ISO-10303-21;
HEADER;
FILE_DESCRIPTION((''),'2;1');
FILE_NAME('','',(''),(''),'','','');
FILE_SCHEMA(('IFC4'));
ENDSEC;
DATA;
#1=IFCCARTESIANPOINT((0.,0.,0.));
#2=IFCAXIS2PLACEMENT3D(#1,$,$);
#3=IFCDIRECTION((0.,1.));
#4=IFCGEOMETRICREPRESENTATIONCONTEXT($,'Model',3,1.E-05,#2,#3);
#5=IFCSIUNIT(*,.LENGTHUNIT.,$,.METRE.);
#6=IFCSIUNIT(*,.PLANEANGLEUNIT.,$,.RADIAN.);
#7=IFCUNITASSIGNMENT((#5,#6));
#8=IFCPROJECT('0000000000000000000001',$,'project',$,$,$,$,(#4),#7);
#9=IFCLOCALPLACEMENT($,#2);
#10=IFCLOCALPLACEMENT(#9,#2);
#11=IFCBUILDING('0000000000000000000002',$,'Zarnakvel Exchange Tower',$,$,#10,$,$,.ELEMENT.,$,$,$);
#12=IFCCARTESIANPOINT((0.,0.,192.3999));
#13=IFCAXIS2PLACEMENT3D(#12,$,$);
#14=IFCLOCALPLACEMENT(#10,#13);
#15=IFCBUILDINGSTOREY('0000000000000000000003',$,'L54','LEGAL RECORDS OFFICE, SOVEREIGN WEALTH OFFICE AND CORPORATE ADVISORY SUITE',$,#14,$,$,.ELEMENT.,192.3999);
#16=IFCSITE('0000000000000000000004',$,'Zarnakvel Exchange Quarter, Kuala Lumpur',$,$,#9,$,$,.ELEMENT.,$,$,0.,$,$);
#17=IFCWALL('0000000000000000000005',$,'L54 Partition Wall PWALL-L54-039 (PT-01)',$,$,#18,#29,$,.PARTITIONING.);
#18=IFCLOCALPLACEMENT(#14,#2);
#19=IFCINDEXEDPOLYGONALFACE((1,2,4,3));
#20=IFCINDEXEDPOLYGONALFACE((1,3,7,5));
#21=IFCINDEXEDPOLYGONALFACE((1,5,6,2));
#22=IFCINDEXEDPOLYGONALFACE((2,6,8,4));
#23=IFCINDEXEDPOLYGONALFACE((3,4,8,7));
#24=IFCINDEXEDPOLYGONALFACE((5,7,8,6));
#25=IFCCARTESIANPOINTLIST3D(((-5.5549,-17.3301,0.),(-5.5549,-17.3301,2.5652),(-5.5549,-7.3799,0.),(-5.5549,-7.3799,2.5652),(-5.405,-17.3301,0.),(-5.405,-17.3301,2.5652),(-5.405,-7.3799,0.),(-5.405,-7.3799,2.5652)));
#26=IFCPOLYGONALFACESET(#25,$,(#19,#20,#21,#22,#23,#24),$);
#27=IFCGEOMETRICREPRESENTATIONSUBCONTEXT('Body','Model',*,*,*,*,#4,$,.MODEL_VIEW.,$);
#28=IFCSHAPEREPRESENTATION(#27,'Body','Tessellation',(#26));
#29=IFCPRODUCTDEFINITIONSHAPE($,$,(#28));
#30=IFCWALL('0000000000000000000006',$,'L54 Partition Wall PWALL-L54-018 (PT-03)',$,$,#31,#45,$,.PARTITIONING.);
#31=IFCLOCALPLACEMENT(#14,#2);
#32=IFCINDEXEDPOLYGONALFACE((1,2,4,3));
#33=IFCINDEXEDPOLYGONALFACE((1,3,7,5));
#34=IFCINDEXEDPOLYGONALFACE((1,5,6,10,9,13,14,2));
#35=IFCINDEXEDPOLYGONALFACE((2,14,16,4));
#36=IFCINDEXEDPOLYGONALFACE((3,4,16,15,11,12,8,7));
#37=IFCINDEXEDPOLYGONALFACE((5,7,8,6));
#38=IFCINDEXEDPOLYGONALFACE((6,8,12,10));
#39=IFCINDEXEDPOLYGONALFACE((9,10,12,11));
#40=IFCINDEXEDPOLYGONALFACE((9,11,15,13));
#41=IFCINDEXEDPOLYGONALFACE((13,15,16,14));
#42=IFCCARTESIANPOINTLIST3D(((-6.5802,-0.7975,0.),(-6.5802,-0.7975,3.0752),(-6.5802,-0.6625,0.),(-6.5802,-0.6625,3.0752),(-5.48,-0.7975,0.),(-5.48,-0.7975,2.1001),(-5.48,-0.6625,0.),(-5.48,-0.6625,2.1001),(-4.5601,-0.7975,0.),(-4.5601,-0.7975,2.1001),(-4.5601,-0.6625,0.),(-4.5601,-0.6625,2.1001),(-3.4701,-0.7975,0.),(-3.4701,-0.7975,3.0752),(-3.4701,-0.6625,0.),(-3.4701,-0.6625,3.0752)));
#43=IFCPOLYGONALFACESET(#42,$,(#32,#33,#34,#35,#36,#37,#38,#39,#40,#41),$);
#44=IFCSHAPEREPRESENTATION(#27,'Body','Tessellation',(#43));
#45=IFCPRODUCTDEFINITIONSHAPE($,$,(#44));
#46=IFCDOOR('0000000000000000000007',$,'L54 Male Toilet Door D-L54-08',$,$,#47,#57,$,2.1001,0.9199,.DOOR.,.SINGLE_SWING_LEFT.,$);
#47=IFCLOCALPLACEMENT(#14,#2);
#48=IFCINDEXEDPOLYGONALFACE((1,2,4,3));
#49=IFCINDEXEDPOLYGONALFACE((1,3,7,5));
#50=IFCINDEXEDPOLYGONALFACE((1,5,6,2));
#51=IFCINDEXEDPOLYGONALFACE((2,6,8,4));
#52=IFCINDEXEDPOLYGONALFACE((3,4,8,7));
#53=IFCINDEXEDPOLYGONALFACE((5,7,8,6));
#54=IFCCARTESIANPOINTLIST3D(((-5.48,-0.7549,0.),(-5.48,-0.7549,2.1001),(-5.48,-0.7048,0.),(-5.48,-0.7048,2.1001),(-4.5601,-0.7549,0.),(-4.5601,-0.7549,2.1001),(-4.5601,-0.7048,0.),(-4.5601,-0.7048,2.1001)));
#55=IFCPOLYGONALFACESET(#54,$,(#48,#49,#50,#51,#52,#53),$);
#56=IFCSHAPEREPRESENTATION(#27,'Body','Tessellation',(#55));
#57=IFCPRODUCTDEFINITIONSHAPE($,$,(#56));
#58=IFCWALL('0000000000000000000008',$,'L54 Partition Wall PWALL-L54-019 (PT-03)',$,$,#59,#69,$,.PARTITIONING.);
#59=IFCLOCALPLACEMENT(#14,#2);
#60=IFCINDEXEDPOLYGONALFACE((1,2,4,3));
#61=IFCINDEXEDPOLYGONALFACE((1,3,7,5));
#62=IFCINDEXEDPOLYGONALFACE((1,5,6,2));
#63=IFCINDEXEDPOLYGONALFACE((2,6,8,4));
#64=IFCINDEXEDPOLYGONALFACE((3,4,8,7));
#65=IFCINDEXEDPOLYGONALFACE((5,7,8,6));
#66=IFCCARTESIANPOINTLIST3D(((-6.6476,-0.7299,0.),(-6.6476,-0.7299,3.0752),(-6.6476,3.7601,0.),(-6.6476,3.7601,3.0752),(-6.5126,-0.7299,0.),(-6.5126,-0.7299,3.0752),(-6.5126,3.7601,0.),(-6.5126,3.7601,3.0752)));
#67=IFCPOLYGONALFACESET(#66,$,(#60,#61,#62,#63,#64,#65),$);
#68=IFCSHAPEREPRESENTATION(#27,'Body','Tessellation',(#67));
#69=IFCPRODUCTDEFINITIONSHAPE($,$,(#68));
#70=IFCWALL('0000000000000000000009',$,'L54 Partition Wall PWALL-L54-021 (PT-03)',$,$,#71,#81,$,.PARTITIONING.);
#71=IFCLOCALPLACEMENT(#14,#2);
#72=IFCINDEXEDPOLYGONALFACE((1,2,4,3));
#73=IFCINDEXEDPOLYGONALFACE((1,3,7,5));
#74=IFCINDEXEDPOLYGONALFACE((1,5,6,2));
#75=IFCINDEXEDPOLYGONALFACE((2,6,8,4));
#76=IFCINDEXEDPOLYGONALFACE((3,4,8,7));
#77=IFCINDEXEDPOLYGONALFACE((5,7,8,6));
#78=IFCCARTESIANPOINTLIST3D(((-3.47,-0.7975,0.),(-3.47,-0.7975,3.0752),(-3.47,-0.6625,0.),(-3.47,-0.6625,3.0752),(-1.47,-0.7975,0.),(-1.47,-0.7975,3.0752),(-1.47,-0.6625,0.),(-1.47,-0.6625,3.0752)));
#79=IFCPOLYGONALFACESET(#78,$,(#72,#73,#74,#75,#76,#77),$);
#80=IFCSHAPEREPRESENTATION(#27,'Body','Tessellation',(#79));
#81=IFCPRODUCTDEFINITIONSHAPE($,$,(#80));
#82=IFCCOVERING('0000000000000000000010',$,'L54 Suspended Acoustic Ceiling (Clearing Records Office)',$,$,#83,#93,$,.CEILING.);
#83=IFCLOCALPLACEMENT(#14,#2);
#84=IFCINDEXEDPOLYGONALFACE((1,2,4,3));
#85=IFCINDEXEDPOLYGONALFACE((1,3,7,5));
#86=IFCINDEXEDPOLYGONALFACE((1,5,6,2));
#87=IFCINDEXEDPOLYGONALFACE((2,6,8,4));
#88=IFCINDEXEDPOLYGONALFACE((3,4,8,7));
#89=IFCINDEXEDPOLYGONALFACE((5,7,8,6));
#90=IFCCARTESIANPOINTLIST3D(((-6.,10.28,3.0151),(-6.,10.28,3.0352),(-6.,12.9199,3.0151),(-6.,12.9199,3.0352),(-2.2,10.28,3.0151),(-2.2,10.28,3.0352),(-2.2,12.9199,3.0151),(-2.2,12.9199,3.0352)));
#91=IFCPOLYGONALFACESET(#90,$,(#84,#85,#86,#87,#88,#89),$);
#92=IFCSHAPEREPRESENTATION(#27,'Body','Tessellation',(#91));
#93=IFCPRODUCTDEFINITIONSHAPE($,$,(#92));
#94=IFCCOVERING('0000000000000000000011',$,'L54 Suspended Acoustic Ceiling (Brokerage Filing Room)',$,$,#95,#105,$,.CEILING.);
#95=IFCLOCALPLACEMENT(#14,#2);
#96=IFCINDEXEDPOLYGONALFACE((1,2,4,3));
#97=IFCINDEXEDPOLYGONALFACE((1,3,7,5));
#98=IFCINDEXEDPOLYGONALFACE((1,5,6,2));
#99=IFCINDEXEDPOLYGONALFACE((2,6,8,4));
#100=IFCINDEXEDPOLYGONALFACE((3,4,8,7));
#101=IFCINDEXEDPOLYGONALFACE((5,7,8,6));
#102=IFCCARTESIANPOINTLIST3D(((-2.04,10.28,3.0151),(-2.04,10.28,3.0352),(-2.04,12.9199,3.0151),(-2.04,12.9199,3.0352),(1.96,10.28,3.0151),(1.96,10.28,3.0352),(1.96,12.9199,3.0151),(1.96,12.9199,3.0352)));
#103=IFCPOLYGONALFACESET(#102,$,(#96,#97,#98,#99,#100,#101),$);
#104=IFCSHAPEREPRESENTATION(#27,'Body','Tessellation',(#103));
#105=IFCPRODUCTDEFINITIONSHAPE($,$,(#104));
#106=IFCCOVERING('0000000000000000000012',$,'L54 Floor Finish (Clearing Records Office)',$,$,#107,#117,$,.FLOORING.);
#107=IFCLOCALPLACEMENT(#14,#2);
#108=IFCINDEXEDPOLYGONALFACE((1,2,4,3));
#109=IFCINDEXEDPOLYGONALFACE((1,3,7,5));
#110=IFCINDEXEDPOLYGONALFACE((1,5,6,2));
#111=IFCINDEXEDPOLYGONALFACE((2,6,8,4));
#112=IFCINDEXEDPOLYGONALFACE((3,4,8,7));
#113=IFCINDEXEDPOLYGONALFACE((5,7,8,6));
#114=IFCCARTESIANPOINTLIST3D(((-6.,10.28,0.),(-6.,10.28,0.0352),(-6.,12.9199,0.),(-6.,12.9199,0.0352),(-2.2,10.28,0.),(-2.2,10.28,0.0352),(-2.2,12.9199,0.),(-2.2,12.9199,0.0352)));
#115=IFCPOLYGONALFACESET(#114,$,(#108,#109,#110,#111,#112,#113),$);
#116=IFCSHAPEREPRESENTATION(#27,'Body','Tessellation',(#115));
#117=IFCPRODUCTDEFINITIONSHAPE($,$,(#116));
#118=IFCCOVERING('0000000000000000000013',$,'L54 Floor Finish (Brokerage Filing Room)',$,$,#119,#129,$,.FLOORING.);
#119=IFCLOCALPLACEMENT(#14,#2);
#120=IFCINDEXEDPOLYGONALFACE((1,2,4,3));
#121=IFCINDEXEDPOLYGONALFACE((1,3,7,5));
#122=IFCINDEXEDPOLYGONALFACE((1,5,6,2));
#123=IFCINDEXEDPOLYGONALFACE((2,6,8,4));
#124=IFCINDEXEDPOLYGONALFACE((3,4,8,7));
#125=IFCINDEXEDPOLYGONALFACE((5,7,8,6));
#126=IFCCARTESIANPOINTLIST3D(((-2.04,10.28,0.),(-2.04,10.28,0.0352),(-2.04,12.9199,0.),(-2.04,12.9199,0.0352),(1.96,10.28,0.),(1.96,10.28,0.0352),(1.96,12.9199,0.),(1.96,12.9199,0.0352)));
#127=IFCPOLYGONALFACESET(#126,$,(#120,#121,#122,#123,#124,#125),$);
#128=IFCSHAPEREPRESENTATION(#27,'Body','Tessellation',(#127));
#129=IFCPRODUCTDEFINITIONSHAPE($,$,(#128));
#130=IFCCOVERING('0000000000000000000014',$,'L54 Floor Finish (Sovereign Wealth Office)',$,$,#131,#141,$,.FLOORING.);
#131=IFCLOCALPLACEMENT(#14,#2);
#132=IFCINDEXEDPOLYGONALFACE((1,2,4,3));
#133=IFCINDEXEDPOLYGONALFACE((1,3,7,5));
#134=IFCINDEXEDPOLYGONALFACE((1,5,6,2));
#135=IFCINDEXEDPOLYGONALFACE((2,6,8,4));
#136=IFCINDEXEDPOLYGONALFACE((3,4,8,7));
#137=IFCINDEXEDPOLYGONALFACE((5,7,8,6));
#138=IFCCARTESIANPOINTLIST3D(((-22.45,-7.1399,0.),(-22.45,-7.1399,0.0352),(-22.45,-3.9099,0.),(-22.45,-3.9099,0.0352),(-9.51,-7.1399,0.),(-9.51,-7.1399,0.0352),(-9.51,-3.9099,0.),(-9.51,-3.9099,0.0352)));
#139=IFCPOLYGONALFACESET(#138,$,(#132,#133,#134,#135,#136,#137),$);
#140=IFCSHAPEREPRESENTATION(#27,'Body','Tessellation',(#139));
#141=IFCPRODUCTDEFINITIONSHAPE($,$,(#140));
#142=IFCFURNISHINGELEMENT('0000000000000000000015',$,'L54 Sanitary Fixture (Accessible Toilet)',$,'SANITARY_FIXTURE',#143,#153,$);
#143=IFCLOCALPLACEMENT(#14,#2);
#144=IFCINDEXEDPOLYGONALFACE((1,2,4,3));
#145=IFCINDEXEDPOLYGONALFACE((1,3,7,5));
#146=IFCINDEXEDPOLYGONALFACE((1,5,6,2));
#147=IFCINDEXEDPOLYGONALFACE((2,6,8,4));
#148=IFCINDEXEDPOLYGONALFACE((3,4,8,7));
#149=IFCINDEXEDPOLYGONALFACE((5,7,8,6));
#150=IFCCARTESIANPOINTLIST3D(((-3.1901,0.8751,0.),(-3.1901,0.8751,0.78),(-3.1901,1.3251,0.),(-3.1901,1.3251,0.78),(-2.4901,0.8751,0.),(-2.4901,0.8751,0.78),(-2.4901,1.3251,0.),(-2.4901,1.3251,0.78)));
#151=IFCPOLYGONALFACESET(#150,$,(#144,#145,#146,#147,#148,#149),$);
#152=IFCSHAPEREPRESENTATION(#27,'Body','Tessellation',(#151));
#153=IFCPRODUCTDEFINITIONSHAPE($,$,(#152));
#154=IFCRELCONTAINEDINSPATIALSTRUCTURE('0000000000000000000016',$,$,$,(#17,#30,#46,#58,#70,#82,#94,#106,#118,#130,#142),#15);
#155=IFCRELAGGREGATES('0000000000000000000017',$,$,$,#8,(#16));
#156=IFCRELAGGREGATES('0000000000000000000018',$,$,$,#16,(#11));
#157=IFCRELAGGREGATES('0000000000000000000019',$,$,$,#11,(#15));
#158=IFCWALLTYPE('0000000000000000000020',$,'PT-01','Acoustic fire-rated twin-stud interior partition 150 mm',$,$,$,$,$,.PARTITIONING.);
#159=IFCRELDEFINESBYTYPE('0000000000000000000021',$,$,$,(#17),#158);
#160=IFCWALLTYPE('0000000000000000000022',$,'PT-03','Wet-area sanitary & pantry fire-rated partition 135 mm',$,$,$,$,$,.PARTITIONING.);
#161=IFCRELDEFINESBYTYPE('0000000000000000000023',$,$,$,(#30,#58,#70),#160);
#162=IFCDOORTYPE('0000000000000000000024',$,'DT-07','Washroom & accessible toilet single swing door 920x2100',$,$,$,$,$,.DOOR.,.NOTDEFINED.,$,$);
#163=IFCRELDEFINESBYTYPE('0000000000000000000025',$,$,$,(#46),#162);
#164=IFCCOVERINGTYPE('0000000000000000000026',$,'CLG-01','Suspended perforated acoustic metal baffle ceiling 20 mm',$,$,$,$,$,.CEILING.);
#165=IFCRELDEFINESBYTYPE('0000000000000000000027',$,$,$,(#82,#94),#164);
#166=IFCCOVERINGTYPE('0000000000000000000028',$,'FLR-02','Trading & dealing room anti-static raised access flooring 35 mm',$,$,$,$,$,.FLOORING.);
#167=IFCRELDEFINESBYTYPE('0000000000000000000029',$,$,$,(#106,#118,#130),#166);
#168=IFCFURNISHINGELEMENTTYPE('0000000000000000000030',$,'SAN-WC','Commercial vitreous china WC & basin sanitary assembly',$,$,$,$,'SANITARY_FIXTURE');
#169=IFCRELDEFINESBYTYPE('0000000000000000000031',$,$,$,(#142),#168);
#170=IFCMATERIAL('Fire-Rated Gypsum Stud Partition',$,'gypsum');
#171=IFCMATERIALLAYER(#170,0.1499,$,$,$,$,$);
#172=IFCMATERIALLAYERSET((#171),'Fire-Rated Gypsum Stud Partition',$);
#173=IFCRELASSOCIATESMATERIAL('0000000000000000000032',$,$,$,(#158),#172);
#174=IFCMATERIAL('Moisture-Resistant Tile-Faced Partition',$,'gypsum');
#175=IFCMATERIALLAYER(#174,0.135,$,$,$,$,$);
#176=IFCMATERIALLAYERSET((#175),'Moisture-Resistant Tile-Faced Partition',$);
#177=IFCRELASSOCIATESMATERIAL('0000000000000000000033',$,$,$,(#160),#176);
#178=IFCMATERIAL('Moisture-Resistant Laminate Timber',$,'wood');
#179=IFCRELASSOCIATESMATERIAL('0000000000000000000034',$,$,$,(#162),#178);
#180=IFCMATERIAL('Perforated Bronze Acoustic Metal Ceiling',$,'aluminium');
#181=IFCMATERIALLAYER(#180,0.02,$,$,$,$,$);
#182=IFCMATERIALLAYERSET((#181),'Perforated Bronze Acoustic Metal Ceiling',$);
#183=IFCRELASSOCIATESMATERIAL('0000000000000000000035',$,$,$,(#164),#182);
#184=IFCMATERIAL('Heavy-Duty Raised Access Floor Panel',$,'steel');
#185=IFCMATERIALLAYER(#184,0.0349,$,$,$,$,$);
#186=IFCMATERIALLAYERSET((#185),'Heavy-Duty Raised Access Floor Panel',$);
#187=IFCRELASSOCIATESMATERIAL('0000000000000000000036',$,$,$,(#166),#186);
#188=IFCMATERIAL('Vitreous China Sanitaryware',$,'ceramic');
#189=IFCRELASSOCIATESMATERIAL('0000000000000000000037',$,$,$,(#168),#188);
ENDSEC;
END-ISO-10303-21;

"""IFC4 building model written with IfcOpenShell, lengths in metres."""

from ifc_helpers import new_model, si_unit, direction, frame, frame_2d, origin, origin_2d, place, context, subcontext, project, spatial, polyline, rectangle, outline, extrude, source, transform, mapped, material, layer, layer_set, type_object, element, fill, save


model = new_model("IFC4")

# Units and contexts
model_context = context("Model", 3, precision=1e-05, world=origin(), true_north=direction((0.0, 1.0)))
body_context = subcontext(model_context, "Body", "Model", "MODEL_VIEW")
ifc_project = project(units=[si_unit("LENGTHUNIT", "METRE"), si_unit("PLANEANGLEUNIT", "RADIAN")], contexts=[model_context])

# Site, building, storey
site_placement = place(None, origin())
site = spatial("IfcSite", under=ifc_project, at=site_placement, Name="Zarnakvel Exchange Quarter, Kuala Lumpur", CompositionType="ELEMENT", RefElevation=0.0)
building_placement = place(site_placement, origin())
building = spatial("IfcBuilding", under=site, at=building_placement, Name="Zarnakvel Exchange Tower", CompositionType="ELEMENT")
storey_placement = place(building_placement, frame((0.0, 0.0, 192.3999)))
storey = spatial("IfcBuildingStorey", under=building, at=storey_placement, Name="L54", Description="LEGAL RECORDS OFFICE, SOVEREIGN WEALTH OFFICE AND CORPORATE ADVISORY SUITE", CompositionType="ELEMENT", Elevation=192.3999)

# Wall
ifc_material_1 = material(Name="Fire-Rated Gypsum Stud Partition", Category="gypsum")
ifc_layer_1 = layer(ifc_material_1, 0.1499)
ifc_layer_set_1 = layer_set([ifc_layer_1], Name="Fire-Rated Gypsum Stud Partition")
wall_type_1 = type_object("IfcWallType", Name="PT-01", Description="Acoustic fire-rated twin-stud interior partition 150 mm", PredefinedType="PARTITIONING", material=ifc_layer_set_1)
wall_1_placement = place(storey_placement, frame((-5.48, -7.3799, 0.0), z_axis=(0.0, 0.0, 1.0), x_axis=(0.0, -1.0, 0.0)))
element("IfcWall", 1, at=wall_1_placement, inside=storey, type_object=wall_type_1, Name="L54 Partition Wall PWALL-L54-039 (PT-01)", PredefinedType="PARTITIONING", context=body_context, shape_type="SweptSolid", body=[
    extrude(rectangle(XDim=9.9502, YDim=0.1499, at=frame_2d((4.9751, 0.0))), origin(), (0.0, 0.0, 1.0), 2.5652),
])

# Wall, opening, door
ifc_material_2 = material(Name="Moisture-Resistant Tile-Faced Partition", Category="gypsum")
ifc_layer_2 = layer(ifc_material_2, 0.135)
ifc_layer_set_2 = layer_set([ifc_layer_2], Name="Moisture-Resistant Tile-Faced Partition")
wall_type_2 = type_object("IfcWallType", Name="PT-03", Description="Wet-area sanitary & pantry fire-rated partition 135 mm", PredefinedType="PARTITIONING", material=ifc_layer_set_2)
wall_2_placement = place(storey_placement, frame((-3.47, -0.73, 0.0), z_axis=(0.0, 0.0, 1.0), x_axis=(-1.0, 0.0, 0.0)))
wall_2 = element("IfcWall", 2, at=wall_2_placement, inside=storey, type_object=wall_type_2, Name="L54 Partition Wall PWALL-L54-018 (PT-03)", PredefinedType="PARTITIONING", context=body_context, shape_type="SweptSolid", body=[
    extrude(rectangle(XDim=3.1101, YDim=0.135, at=frame_2d((1.5552, 0.0))), origin(), (0.0, 0.0, 1.0), 3.0752),
])
opening_1_placement = place(wall_2_placement, frame((1.0901, 0.0, 0.0)))
opening_1 = element("IfcOpeningElement", 3, at=opening_1_placement, cuts=wall_2, PredefinedType="OPENING", context=body_context, shape_type="SweptSolid", body=[
    extrude(rectangle(XDim=0.9199, YDim=2.1001, at=frame_2d((0.46, 1.05))), frame((0.0, 0.0774, 0.0), z_axis=(0.0, -1.0, 0.0), x_axis=(1.0, 0.0, 0.0)), (0.0, 0.0, 1.0), 0.155),
])
ifc_material_3 = material(Name="Moisture-Resistant Laminate Timber", Category="wood")
door_type_1 = type_object("IfcDoorType", Name="DT-07", Description="Washroom & accessible toilet single swing door 920x2100", OperationType="NOTDEFINED", PredefinedType="DOOR", material=ifc_material_3)
shared_shape_1 = source(origin(), body_context, "Body", "SweptSolid", [
    extrude(rectangle(XDim=0.9199, YDim=2.1001, at=frame_2d((0.46, 1.05))), frame((0.0, 0.0249, 0.0), z_axis=(0.0, -1.0, 0.0), x_axis=(1.0, 0.0, 0.0)), (0.0, 0.0, 1.0), 0.05),
])
door_1_placement = place(opening_1_placement, origin())
door_1 = element("IfcDoor", 4, at=door_1_placement, inside=storey, type_object=door_type_1, Name="L54 Male Toilet Door D-L54-08", OperationType="SINGLE_SWING_LEFT", OverallHeight=2.1001, OverallWidth=0.9199, PredefinedType="DOOR", context=body_context, shape_type="MappedRepresentation", body=[
    mapped(shared_shape_1, transform((0.0, 0.0, 0.0), x_axis=(1.0, 0.0, 0.0), y_axis=(0.0, 1.0, 0.0), z_axis=(0.0, 0.0, 1.0), scale=1.0)),
])
fill(opening_1, door_1)

# Walls
wall_3_placement = place(storey_placement, frame((-6.5801, -0.73, 0.0), z_axis=(0.0, 0.0, 1.0), x_axis=(0.0, 1.0, 0.0)))
element("IfcWall", 5, at=wall_3_placement, inside=storey, type_object=wall_type_2, Name="L54 Partition Wall PWALL-L54-019 (PT-03)", PredefinedType="PARTITIONING", context=body_context, shape_type="SweptSolid", body=[
    extrude(rectangle(XDim=4.49, YDim=0.135, at=frame_2d((2.2451, 0.0))), origin(), (0.0, 0.0, 1.0), 3.0752),
])
wall_4_placement = place(storey_placement, frame((-1.47, -0.73, 0.0), z_axis=(0.0, 0.0, 1.0), x_axis=(-1.0, 0.0, 0.0)))
element("IfcWall", 6, at=wall_4_placement, inside=storey, type_object=wall_type_2, Name="L54 Partition Wall PWALL-L54-021 (PT-03)", PredefinedType="PARTITIONING", context=body_context, shape_type="SweptSolid", body=[
    extrude(rectangle(XDim=2.0, YDim=0.135, at=frame_2d((1.0, 0.0))), origin(), (0.0, 0.0, 1.0), 3.0752),
])

# Coverings
ifc_material_4 = material(Name="Perforated Bronze Acoustic Metal Ceiling", Category="aluminium")
ifc_layer_3 = layer(ifc_material_4, 0.02)
ifc_layer_set_3 = layer_set([ifc_layer_3], Name="Perforated Bronze Acoustic Metal Ceiling")
covering_type_1 = type_object("IfcCoveringType", Name="CLG-01", Description="Suspended perforated acoustic metal baffle ceiling 20 mm", PredefinedType="CEILING", material=ifc_layer_set_3)
covering_1_placement = place(storey_placement, frame((0.0, 0.0, 3.0151)))
element("IfcCovering", 7, at=covering_1_placement, inside=storey, type_object=covering_type_1, Name="L54 Suspended Acoustic Ceiling (Clearing Records Office)", PredefinedType="CEILING", context=body_context, shape_type="SweptSolid", body=[
    extrude(outline(polyline([(-6.0, 12.9199), (-2.2, 12.9199), (-2.2, 10.28), (-6.0, 10.28), (-6.0, 12.9199)])), origin(), (0.0, 0.0, 1.0), 0.02),
])
covering_2_placement = place(storey_placement, frame((0.0, 0.0, 3.0151)))
element("IfcCovering", 8, at=covering_2_placement, inside=storey, type_object=covering_type_1, Name="L54 Suspended Acoustic Ceiling (Brokerage Filing Room)", PredefinedType="CEILING", context=body_context, shape_type="SweptSolid", body=[
    extrude(outline(polyline([(-2.04, 12.9199), (1.96, 12.9199), (1.96, 10.28), (-2.04, 10.28), (-2.04, 12.9199)])), origin(), (0.0, 0.0, 1.0), 0.02),
])
ifc_material_5 = material(Name="Heavy-Duty Raised Access Floor Panel", Category="steel")
ifc_layer_4 = layer(ifc_material_5, 0.0349)
ifc_layer_set_4 = layer_set([ifc_layer_4], Name="Heavy-Duty Raised Access Floor Panel")
covering_type_2 = type_object("IfcCoveringType", Name="FLR-02", Description="Trading & dealing room anti-static raised access flooring 35 mm", PredefinedType="FLOORING", material=ifc_layer_set_4)
covering_3_placement = place(storey_placement, origin())
element("IfcCovering", 9, at=covering_3_placement, inside=storey, type_object=covering_type_2, Name="L54 Floor Finish (Clearing Records Office)", PredefinedType="FLOORING", context=body_context, shape_type="SweptSolid", body=[
    extrude(outline(polyline([(-6.0, 12.9199), (-2.2, 12.9199), (-2.2, 10.28), (-6.0, 10.28), (-6.0, 12.9199)])), origin(), (0.0, 0.0, 1.0), 0.0352),
])
covering_4_placement = place(storey_placement, origin())
element("IfcCovering", 10, at=covering_4_placement, inside=storey, type_object=covering_type_2, Name="L54 Floor Finish (Brokerage Filing Room)", PredefinedType="FLOORING", context=body_context, shape_type="SweptSolid", body=[
    extrude(outline(polyline([(-2.04, 12.9199), (1.96, 12.9199), (1.96, 10.28), (-2.04, 10.28), (-2.04, 12.9199)])), origin(), (0.0, 0.0, 1.0), 0.0352),
])
covering_5_placement = place(storey_placement, origin())
element("IfcCovering", 11, at=covering_5_placement, inside=storey, type_object=covering_type_2, Name="L54 Floor Finish (Sovereign Wealth Office)", PredefinedType="FLOORING", context=body_context, shape_type="SweptSolid", body=[
    extrude(outline(polyline([(-22.45, -3.9099), (-9.51, -3.9099), (-9.51, -7.1399), (-22.45, -7.1399), (-22.45, -3.9099)])), origin(), (0.0, 0.0, 1.0), 0.0352),
])

# Furnishing element
ifc_material_6 = material(Name="Vitreous China Sanitaryware", Category="ceramic")
furnishing_element_type = type_object("IfcFurnishingElementType", Name="SAN-WC", Description="Commercial vitreous china WC & basin sanitary assembly", ElementType="SANITARY_FIXTURE", material=ifc_material_6)
shared_shape_2 = source(origin(), body_context, "Body", "SweptSolid", [
    extrude(rectangle(XDim=0.7, YDim=0.45, at=origin_2d()), origin(), (0.0, 0.0, 1.0), 0.78),
])
furnishing_placement = place(storey_placement, frame((-2.8401, 1.1001, 0.0), z_axis=(0.0, 0.0, 1.0), x_axis=(1.0, 0.0, 0.0)))
element("IfcFurnishingElement", 12, at=furnishing_placement, inside=storey, type_object=furnishing_element_type, Name="L54 Sanitary Fixture (Accessible Toilet)", ObjectType="SANITARY_FIXTURE", context=body_context, shape_type="MappedRepresentation", body=[
    mapped(shared_shape_2, transform((0.0, 0.0, 0.0), x_axis=(1.0, 0.0, 0.0), y_axis=(0.0, 1.0, 0.0), z_axis=(0.0, 0.0, 1.0), scale=1.0)),
])

save(model, "model.ifc")
